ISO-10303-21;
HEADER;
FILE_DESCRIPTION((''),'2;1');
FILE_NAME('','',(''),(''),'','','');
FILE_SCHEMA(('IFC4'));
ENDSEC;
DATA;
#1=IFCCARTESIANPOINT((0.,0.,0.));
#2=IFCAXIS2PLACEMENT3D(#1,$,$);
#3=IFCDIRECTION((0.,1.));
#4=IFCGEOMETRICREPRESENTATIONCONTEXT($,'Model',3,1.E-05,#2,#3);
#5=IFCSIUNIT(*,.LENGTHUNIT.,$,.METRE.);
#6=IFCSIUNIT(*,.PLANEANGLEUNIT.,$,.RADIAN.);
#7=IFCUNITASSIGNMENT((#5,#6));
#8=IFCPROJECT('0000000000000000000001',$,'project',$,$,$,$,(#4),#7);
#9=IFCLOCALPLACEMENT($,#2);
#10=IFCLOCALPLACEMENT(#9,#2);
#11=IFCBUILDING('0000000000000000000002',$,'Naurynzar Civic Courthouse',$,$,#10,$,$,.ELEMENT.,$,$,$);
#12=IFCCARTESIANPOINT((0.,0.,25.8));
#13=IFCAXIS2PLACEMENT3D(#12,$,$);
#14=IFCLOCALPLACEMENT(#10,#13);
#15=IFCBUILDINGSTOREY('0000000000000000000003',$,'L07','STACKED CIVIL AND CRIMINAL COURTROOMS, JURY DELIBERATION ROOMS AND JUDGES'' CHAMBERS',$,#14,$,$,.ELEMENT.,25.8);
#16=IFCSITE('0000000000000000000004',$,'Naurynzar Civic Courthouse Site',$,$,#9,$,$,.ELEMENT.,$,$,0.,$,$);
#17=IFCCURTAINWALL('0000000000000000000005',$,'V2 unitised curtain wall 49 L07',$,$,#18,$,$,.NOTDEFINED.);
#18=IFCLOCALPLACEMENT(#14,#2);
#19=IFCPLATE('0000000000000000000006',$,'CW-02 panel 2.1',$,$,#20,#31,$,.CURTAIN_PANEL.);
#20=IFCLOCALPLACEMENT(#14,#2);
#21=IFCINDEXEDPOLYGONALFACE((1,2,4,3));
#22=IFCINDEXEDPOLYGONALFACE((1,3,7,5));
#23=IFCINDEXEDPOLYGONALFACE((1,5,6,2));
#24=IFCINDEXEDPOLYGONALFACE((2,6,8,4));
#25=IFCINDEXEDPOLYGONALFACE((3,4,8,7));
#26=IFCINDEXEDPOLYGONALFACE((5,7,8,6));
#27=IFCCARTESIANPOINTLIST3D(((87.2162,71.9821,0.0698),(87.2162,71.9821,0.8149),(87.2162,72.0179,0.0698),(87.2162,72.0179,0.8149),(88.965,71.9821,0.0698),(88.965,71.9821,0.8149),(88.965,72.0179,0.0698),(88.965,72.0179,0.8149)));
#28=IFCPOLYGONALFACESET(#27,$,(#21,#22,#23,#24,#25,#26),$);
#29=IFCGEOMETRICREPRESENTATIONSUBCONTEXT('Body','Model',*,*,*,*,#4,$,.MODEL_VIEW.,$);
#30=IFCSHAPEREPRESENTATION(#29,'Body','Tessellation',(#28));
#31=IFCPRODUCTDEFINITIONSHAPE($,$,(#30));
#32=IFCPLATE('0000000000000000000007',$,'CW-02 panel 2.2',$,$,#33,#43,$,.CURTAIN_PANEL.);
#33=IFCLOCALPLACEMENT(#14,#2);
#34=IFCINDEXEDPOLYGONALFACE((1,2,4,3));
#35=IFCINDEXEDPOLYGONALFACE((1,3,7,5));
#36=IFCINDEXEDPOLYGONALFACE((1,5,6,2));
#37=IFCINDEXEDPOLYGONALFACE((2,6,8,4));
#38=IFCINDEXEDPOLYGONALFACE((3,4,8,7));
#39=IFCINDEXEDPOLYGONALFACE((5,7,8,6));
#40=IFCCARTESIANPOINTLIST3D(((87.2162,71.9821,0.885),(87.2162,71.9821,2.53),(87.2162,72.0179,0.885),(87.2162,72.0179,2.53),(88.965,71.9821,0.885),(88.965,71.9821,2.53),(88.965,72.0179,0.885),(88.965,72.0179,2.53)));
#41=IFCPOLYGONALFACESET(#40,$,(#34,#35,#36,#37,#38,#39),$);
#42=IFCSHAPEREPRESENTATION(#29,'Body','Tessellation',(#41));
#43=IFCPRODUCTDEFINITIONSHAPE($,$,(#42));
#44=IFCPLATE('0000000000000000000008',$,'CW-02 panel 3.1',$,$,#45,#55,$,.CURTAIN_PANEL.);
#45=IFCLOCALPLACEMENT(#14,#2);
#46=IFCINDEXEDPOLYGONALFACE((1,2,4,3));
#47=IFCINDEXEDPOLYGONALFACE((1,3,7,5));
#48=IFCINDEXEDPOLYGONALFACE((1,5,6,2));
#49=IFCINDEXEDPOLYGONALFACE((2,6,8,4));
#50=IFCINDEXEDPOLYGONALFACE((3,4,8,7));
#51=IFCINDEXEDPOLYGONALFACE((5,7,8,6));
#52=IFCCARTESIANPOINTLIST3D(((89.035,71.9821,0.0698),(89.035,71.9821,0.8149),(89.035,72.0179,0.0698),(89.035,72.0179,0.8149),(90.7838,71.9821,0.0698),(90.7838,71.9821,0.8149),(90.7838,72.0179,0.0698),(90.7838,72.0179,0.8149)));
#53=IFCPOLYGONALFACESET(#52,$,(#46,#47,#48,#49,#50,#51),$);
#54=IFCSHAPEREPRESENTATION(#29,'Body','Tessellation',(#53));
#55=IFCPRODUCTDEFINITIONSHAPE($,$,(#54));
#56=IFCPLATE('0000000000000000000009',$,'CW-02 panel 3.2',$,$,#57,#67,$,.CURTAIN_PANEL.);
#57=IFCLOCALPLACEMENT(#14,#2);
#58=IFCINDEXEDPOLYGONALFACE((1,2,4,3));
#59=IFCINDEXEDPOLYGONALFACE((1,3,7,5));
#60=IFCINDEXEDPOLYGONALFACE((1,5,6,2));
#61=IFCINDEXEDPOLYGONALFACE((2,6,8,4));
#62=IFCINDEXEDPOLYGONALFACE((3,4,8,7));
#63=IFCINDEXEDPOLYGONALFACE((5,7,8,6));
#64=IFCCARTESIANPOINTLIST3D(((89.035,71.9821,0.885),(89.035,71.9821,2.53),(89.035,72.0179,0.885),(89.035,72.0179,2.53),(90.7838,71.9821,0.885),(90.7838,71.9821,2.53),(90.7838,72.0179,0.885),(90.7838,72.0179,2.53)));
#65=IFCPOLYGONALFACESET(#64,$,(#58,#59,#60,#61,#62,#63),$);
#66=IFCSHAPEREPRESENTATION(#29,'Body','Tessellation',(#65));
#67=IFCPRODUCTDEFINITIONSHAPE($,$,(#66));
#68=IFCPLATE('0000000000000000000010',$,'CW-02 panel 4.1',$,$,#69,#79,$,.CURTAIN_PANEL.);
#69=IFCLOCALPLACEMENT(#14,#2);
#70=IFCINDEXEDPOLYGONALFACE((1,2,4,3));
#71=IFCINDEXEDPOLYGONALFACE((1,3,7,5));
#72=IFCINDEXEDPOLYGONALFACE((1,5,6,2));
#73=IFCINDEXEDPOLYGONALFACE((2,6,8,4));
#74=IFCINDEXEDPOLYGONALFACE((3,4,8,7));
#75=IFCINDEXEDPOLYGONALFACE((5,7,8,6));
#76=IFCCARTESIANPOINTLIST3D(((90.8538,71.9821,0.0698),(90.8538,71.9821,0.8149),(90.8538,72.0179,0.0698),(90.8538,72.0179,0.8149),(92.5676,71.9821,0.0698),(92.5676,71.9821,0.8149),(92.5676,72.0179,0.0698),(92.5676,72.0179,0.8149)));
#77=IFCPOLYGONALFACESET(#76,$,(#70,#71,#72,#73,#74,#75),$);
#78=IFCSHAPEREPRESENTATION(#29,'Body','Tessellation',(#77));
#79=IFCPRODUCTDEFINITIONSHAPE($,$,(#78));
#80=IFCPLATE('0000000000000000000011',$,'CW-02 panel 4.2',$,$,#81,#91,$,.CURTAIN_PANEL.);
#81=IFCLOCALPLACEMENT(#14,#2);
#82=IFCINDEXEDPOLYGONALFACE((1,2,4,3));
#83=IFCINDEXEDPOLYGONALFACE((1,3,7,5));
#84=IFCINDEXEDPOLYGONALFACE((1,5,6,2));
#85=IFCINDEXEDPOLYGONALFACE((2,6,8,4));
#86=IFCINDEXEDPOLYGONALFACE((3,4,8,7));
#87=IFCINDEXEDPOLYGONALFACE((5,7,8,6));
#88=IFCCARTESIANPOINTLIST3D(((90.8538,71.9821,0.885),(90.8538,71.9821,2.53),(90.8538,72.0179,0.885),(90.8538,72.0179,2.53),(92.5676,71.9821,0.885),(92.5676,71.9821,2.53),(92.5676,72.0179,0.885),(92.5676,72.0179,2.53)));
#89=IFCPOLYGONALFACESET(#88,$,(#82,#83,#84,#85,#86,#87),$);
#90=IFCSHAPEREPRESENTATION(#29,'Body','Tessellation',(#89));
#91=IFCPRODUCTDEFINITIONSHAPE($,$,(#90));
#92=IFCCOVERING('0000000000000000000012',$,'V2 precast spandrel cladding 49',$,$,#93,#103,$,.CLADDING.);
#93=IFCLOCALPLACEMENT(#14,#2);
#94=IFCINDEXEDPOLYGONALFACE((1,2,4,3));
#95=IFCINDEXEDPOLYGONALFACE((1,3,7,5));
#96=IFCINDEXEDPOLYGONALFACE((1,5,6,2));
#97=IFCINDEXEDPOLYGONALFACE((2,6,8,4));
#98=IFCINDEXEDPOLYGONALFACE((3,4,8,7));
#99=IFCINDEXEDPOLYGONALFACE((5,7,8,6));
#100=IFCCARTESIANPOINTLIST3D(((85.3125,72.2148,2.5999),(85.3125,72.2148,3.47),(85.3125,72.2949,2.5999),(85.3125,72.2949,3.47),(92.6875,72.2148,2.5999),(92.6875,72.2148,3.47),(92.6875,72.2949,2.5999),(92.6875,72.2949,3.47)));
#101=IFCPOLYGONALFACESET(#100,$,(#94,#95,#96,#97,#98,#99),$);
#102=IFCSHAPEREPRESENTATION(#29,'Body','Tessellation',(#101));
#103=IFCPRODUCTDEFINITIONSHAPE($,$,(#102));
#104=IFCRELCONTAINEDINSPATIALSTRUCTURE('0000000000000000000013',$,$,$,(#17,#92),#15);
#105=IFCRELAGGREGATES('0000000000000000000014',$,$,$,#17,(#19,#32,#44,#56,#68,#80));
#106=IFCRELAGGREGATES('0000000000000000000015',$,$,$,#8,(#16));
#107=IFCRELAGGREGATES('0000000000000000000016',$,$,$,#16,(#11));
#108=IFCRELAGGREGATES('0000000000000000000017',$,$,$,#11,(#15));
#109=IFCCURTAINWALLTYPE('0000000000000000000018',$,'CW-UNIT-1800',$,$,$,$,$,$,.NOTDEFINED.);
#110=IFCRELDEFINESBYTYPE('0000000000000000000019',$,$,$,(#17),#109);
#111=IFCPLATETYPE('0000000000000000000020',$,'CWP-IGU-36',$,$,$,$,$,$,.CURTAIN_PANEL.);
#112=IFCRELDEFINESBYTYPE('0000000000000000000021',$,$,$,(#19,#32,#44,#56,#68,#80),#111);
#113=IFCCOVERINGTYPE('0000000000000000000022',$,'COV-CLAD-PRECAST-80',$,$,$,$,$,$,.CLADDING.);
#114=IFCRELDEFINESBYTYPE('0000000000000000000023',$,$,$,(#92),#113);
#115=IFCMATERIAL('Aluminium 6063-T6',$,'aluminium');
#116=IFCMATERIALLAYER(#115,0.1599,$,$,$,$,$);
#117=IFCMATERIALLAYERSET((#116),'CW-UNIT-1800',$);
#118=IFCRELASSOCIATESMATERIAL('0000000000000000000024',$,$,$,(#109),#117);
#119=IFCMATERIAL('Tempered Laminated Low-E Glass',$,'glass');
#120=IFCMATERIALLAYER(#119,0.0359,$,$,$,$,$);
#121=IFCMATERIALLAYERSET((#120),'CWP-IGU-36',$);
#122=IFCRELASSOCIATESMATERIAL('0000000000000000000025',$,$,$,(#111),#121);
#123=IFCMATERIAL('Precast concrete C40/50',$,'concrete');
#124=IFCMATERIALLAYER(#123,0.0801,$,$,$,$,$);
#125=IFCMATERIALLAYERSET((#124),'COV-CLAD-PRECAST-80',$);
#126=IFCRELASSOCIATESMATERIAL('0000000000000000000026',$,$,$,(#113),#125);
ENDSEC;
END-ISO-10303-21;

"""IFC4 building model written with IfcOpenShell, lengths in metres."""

from ifc_helpers import new_model, si_unit, direction, frame, origin, origin_2d, place, context, subcontext, project, spatial, rectangle, extrude, material, layer, layer_set, type_object, element, aggregate, save


model = new_model("IFC4")

# Units and contexts
model_context = context("Model", 3, precision=1e-05, world=origin(), true_north=direction((0.0, 1.0)))
body_context = subcontext(model_context, "Body", "Model", "MODEL_VIEW")
ifc_project = project(units=[si_unit("LENGTHUNIT", "METRE"), si_unit("PLANEANGLEUNIT", "RADIAN")], contexts=[model_context])

# Site, building, storey
site_placement = place(None, origin())
site = spatial("IfcSite", under=ifc_project, at=site_placement, Name="Naurynzar Civic Courthouse Site", CompositionType="ELEMENT", RefElevation=0.0)
building_placement = place(site_placement, origin())
building = spatial("IfcBuilding", under=site, at=building_placement, Name="Naurynzar Civic Courthouse", CompositionType="ELEMENT")
storey_placement = place(building_placement, frame((0.0, 0.0, 25.8)))
storey = spatial("IfcBuildingStorey", under=building, at=storey_placement, Name="L07", Description="STACKED CIVIL AND CRIMINAL COURTROOMS, JURY DELIBERATION ROOMS AND JUDGES' CHAMBERS", CompositionType="ELEMENT", Elevation=25.8)

# Curtain wall, plates
ifc_material_1 = material(Name="Aluminium 6063-T6", Category="aluminium")
ifc_layer_1 = layer(ifc_material_1, 0.1599)
ifc_layer_set_1 = layer_set([ifc_layer_1], Name="CW-UNIT-1800")
curtain_wall_type = type_object("IfcCurtainWallType", Name="CW-UNIT-1800", PredefinedType="NOTDEFINED", material=ifc_layer_set_1)
curtain_wall_placement = place(storey_placement, origin())
curtain_wall = element("IfcCurtainWall", 1, at=curtain_wall_placement, inside=storey, type_object=curtain_wall_type, Name="V2 unitised curtain wall 49 L07", PredefinedType="NOTDEFINED")
ifc_material_2 = material(Name="Tempered Laminated Low-E Glass", Category="glass")
ifc_layer_2 = layer(ifc_material_2, 0.0359)
ifc_layer_set_2 = layer_set([ifc_layer_2], Name="CWP-IGU-36")
plate_type = type_object("IfcPlateType", Name="CWP-IGU-36", PredefinedType="CURTAIN_PANEL", material=ifc_layer_set_2)
plate_1_placement = place(storey_placement, frame((88.0906, 72.0, 0.0698), z_axis=(0.0, 0.0, 1.0), x_axis=(1.0, 0.0, 0.0)))
plate_1 = element("IfcPlate", 2, at=plate_1_placement, type_object=plate_type, Name="CW-02 panel 2.1", PredefinedType="CURTAIN_PANEL", context=body_context, shape_type="SweptSolid", body=[
    extrude(rectangle(XDim=1.7488, YDim=0.0359, at=origin_2d()), origin(), (0.0, 0.0, 1.0), 0.7451),
])
plate_2_placement = place(storey_placement, frame((88.0906, 72.0, 0.885), z_axis=(0.0, 0.0, 1.0), x_axis=(1.0, 0.0, 0.0)))
plate_2 = element("IfcPlate", 3, at=plate_2_placement, type_object=plate_type, Name="CW-02 panel 2.2", PredefinedType="CURTAIN_PANEL", context=body_context, shape_type="SweptSolid", body=[
    extrude(rectangle(XDim=1.7488, YDim=0.0359, at=origin_2d()), origin(), (0.0, 0.0, 1.0), 1.645),
])
plate_3_placement = place(storey_placement, frame((89.9094, 72.0, 0.0698), z_axis=(0.0, 0.0, 1.0), x_axis=(1.0, 0.0, 0.0)))
plate_3 = element("IfcPlate", 4, at=plate_3_placement, type_object=plate_type, Name="CW-02 panel 3.1", PredefinedType="CURTAIN_PANEL", context=body_context, shape_type="SweptSolid", body=[
    extrude(rectangle(XDim=1.7488, YDim=0.0359, at=origin_2d()), origin(), (0.0, 0.0, 1.0), 0.7451),
])
plate_4_placement = place(storey_placement, frame((89.9094, 72.0, 0.885), z_axis=(0.0, 0.0, 1.0), x_axis=(1.0, 0.0, 0.0)))
plate_4 = element("IfcPlate", 5, at=plate_4_placement, type_object=plate_type, Name="CW-02 panel 3.2", PredefinedType="CURTAIN_PANEL", context=body_context, shape_type="SweptSolid", body=[
    extrude(rectangle(XDim=1.7488, YDim=0.0359, at=origin_2d()), origin(), (0.0, 0.0, 1.0), 1.645),
])
plate_5_placement = place(storey_placement, frame((91.7107, 72.0, 0.0698), z_axis=(0.0, 0.0, 1.0), x_axis=(1.0, 0.0, 0.0)))
plate_5 = element("IfcPlate", 6, at=plate_5_placement, type_object=plate_type, Name="CW-02 panel 4.1", PredefinedType="CURTAIN_PANEL", context=body_context, shape_type="SweptSolid", body=[
    extrude(rectangle(XDim=1.7139, YDim=0.0359, at=origin_2d()), origin(), (0.0, 0.0, 1.0), 0.7451),
])
plate_6_placement = place(storey_placement, frame((91.7107, 72.0, 0.885), z_axis=(0.0, 0.0, 1.0), x_axis=(1.0, 0.0, 0.0)))
plate_6 = element("IfcPlate", 7, at=plate_6_placement, type_object=plate_type, Name="CW-02 panel 4.2", PredefinedType="CURTAIN_PANEL", context=body_context, shape_type="SweptSolid", body=[
    extrude(rectangle(XDim=1.7139, YDim=0.0359, at=origin_2d()), origin(), (0.0, 0.0, 1.0), 1.645),
])
aggregate(curtain_wall, [plate_1, plate_2, plate_3, plate_4, plate_5, plate_6])

# Covering
ifc_material_3 = material(Name="Precast concrete C40/50", Category="concrete")
ifc_layer_3 = layer(ifc_material_3, 0.0801)
ifc_layer_set_3 = layer_set([ifc_layer_3], Name="COV-CLAD-PRECAST-80")
covering_type = type_object("IfcCoveringType", Name="COV-CLAD-PRECAST-80", PredefinedType="CLADDING", material=ifc_layer_set_3)
covering_placement = place(storey_placement, frame((89.0, 72.2549, 2.5999), z_axis=(0.0, 0.0, 1.0), x_axis=(1.0, 0.0, 0.0)))
element("IfcCovering", 8, at=covering_placement, inside=storey, type_object=covering_type, Name="V2 precast spandrel cladding 49", PredefinedType="CLADDING", context=body_context, shape_type="SweptSolid", body=[
    extrude(rectangle(XDim=7.375, YDim=0.0801, at=origin_2d()), origin(), (0.0, 0.0, 1.0), 0.8701),
])

save(model, "model.ifc")
